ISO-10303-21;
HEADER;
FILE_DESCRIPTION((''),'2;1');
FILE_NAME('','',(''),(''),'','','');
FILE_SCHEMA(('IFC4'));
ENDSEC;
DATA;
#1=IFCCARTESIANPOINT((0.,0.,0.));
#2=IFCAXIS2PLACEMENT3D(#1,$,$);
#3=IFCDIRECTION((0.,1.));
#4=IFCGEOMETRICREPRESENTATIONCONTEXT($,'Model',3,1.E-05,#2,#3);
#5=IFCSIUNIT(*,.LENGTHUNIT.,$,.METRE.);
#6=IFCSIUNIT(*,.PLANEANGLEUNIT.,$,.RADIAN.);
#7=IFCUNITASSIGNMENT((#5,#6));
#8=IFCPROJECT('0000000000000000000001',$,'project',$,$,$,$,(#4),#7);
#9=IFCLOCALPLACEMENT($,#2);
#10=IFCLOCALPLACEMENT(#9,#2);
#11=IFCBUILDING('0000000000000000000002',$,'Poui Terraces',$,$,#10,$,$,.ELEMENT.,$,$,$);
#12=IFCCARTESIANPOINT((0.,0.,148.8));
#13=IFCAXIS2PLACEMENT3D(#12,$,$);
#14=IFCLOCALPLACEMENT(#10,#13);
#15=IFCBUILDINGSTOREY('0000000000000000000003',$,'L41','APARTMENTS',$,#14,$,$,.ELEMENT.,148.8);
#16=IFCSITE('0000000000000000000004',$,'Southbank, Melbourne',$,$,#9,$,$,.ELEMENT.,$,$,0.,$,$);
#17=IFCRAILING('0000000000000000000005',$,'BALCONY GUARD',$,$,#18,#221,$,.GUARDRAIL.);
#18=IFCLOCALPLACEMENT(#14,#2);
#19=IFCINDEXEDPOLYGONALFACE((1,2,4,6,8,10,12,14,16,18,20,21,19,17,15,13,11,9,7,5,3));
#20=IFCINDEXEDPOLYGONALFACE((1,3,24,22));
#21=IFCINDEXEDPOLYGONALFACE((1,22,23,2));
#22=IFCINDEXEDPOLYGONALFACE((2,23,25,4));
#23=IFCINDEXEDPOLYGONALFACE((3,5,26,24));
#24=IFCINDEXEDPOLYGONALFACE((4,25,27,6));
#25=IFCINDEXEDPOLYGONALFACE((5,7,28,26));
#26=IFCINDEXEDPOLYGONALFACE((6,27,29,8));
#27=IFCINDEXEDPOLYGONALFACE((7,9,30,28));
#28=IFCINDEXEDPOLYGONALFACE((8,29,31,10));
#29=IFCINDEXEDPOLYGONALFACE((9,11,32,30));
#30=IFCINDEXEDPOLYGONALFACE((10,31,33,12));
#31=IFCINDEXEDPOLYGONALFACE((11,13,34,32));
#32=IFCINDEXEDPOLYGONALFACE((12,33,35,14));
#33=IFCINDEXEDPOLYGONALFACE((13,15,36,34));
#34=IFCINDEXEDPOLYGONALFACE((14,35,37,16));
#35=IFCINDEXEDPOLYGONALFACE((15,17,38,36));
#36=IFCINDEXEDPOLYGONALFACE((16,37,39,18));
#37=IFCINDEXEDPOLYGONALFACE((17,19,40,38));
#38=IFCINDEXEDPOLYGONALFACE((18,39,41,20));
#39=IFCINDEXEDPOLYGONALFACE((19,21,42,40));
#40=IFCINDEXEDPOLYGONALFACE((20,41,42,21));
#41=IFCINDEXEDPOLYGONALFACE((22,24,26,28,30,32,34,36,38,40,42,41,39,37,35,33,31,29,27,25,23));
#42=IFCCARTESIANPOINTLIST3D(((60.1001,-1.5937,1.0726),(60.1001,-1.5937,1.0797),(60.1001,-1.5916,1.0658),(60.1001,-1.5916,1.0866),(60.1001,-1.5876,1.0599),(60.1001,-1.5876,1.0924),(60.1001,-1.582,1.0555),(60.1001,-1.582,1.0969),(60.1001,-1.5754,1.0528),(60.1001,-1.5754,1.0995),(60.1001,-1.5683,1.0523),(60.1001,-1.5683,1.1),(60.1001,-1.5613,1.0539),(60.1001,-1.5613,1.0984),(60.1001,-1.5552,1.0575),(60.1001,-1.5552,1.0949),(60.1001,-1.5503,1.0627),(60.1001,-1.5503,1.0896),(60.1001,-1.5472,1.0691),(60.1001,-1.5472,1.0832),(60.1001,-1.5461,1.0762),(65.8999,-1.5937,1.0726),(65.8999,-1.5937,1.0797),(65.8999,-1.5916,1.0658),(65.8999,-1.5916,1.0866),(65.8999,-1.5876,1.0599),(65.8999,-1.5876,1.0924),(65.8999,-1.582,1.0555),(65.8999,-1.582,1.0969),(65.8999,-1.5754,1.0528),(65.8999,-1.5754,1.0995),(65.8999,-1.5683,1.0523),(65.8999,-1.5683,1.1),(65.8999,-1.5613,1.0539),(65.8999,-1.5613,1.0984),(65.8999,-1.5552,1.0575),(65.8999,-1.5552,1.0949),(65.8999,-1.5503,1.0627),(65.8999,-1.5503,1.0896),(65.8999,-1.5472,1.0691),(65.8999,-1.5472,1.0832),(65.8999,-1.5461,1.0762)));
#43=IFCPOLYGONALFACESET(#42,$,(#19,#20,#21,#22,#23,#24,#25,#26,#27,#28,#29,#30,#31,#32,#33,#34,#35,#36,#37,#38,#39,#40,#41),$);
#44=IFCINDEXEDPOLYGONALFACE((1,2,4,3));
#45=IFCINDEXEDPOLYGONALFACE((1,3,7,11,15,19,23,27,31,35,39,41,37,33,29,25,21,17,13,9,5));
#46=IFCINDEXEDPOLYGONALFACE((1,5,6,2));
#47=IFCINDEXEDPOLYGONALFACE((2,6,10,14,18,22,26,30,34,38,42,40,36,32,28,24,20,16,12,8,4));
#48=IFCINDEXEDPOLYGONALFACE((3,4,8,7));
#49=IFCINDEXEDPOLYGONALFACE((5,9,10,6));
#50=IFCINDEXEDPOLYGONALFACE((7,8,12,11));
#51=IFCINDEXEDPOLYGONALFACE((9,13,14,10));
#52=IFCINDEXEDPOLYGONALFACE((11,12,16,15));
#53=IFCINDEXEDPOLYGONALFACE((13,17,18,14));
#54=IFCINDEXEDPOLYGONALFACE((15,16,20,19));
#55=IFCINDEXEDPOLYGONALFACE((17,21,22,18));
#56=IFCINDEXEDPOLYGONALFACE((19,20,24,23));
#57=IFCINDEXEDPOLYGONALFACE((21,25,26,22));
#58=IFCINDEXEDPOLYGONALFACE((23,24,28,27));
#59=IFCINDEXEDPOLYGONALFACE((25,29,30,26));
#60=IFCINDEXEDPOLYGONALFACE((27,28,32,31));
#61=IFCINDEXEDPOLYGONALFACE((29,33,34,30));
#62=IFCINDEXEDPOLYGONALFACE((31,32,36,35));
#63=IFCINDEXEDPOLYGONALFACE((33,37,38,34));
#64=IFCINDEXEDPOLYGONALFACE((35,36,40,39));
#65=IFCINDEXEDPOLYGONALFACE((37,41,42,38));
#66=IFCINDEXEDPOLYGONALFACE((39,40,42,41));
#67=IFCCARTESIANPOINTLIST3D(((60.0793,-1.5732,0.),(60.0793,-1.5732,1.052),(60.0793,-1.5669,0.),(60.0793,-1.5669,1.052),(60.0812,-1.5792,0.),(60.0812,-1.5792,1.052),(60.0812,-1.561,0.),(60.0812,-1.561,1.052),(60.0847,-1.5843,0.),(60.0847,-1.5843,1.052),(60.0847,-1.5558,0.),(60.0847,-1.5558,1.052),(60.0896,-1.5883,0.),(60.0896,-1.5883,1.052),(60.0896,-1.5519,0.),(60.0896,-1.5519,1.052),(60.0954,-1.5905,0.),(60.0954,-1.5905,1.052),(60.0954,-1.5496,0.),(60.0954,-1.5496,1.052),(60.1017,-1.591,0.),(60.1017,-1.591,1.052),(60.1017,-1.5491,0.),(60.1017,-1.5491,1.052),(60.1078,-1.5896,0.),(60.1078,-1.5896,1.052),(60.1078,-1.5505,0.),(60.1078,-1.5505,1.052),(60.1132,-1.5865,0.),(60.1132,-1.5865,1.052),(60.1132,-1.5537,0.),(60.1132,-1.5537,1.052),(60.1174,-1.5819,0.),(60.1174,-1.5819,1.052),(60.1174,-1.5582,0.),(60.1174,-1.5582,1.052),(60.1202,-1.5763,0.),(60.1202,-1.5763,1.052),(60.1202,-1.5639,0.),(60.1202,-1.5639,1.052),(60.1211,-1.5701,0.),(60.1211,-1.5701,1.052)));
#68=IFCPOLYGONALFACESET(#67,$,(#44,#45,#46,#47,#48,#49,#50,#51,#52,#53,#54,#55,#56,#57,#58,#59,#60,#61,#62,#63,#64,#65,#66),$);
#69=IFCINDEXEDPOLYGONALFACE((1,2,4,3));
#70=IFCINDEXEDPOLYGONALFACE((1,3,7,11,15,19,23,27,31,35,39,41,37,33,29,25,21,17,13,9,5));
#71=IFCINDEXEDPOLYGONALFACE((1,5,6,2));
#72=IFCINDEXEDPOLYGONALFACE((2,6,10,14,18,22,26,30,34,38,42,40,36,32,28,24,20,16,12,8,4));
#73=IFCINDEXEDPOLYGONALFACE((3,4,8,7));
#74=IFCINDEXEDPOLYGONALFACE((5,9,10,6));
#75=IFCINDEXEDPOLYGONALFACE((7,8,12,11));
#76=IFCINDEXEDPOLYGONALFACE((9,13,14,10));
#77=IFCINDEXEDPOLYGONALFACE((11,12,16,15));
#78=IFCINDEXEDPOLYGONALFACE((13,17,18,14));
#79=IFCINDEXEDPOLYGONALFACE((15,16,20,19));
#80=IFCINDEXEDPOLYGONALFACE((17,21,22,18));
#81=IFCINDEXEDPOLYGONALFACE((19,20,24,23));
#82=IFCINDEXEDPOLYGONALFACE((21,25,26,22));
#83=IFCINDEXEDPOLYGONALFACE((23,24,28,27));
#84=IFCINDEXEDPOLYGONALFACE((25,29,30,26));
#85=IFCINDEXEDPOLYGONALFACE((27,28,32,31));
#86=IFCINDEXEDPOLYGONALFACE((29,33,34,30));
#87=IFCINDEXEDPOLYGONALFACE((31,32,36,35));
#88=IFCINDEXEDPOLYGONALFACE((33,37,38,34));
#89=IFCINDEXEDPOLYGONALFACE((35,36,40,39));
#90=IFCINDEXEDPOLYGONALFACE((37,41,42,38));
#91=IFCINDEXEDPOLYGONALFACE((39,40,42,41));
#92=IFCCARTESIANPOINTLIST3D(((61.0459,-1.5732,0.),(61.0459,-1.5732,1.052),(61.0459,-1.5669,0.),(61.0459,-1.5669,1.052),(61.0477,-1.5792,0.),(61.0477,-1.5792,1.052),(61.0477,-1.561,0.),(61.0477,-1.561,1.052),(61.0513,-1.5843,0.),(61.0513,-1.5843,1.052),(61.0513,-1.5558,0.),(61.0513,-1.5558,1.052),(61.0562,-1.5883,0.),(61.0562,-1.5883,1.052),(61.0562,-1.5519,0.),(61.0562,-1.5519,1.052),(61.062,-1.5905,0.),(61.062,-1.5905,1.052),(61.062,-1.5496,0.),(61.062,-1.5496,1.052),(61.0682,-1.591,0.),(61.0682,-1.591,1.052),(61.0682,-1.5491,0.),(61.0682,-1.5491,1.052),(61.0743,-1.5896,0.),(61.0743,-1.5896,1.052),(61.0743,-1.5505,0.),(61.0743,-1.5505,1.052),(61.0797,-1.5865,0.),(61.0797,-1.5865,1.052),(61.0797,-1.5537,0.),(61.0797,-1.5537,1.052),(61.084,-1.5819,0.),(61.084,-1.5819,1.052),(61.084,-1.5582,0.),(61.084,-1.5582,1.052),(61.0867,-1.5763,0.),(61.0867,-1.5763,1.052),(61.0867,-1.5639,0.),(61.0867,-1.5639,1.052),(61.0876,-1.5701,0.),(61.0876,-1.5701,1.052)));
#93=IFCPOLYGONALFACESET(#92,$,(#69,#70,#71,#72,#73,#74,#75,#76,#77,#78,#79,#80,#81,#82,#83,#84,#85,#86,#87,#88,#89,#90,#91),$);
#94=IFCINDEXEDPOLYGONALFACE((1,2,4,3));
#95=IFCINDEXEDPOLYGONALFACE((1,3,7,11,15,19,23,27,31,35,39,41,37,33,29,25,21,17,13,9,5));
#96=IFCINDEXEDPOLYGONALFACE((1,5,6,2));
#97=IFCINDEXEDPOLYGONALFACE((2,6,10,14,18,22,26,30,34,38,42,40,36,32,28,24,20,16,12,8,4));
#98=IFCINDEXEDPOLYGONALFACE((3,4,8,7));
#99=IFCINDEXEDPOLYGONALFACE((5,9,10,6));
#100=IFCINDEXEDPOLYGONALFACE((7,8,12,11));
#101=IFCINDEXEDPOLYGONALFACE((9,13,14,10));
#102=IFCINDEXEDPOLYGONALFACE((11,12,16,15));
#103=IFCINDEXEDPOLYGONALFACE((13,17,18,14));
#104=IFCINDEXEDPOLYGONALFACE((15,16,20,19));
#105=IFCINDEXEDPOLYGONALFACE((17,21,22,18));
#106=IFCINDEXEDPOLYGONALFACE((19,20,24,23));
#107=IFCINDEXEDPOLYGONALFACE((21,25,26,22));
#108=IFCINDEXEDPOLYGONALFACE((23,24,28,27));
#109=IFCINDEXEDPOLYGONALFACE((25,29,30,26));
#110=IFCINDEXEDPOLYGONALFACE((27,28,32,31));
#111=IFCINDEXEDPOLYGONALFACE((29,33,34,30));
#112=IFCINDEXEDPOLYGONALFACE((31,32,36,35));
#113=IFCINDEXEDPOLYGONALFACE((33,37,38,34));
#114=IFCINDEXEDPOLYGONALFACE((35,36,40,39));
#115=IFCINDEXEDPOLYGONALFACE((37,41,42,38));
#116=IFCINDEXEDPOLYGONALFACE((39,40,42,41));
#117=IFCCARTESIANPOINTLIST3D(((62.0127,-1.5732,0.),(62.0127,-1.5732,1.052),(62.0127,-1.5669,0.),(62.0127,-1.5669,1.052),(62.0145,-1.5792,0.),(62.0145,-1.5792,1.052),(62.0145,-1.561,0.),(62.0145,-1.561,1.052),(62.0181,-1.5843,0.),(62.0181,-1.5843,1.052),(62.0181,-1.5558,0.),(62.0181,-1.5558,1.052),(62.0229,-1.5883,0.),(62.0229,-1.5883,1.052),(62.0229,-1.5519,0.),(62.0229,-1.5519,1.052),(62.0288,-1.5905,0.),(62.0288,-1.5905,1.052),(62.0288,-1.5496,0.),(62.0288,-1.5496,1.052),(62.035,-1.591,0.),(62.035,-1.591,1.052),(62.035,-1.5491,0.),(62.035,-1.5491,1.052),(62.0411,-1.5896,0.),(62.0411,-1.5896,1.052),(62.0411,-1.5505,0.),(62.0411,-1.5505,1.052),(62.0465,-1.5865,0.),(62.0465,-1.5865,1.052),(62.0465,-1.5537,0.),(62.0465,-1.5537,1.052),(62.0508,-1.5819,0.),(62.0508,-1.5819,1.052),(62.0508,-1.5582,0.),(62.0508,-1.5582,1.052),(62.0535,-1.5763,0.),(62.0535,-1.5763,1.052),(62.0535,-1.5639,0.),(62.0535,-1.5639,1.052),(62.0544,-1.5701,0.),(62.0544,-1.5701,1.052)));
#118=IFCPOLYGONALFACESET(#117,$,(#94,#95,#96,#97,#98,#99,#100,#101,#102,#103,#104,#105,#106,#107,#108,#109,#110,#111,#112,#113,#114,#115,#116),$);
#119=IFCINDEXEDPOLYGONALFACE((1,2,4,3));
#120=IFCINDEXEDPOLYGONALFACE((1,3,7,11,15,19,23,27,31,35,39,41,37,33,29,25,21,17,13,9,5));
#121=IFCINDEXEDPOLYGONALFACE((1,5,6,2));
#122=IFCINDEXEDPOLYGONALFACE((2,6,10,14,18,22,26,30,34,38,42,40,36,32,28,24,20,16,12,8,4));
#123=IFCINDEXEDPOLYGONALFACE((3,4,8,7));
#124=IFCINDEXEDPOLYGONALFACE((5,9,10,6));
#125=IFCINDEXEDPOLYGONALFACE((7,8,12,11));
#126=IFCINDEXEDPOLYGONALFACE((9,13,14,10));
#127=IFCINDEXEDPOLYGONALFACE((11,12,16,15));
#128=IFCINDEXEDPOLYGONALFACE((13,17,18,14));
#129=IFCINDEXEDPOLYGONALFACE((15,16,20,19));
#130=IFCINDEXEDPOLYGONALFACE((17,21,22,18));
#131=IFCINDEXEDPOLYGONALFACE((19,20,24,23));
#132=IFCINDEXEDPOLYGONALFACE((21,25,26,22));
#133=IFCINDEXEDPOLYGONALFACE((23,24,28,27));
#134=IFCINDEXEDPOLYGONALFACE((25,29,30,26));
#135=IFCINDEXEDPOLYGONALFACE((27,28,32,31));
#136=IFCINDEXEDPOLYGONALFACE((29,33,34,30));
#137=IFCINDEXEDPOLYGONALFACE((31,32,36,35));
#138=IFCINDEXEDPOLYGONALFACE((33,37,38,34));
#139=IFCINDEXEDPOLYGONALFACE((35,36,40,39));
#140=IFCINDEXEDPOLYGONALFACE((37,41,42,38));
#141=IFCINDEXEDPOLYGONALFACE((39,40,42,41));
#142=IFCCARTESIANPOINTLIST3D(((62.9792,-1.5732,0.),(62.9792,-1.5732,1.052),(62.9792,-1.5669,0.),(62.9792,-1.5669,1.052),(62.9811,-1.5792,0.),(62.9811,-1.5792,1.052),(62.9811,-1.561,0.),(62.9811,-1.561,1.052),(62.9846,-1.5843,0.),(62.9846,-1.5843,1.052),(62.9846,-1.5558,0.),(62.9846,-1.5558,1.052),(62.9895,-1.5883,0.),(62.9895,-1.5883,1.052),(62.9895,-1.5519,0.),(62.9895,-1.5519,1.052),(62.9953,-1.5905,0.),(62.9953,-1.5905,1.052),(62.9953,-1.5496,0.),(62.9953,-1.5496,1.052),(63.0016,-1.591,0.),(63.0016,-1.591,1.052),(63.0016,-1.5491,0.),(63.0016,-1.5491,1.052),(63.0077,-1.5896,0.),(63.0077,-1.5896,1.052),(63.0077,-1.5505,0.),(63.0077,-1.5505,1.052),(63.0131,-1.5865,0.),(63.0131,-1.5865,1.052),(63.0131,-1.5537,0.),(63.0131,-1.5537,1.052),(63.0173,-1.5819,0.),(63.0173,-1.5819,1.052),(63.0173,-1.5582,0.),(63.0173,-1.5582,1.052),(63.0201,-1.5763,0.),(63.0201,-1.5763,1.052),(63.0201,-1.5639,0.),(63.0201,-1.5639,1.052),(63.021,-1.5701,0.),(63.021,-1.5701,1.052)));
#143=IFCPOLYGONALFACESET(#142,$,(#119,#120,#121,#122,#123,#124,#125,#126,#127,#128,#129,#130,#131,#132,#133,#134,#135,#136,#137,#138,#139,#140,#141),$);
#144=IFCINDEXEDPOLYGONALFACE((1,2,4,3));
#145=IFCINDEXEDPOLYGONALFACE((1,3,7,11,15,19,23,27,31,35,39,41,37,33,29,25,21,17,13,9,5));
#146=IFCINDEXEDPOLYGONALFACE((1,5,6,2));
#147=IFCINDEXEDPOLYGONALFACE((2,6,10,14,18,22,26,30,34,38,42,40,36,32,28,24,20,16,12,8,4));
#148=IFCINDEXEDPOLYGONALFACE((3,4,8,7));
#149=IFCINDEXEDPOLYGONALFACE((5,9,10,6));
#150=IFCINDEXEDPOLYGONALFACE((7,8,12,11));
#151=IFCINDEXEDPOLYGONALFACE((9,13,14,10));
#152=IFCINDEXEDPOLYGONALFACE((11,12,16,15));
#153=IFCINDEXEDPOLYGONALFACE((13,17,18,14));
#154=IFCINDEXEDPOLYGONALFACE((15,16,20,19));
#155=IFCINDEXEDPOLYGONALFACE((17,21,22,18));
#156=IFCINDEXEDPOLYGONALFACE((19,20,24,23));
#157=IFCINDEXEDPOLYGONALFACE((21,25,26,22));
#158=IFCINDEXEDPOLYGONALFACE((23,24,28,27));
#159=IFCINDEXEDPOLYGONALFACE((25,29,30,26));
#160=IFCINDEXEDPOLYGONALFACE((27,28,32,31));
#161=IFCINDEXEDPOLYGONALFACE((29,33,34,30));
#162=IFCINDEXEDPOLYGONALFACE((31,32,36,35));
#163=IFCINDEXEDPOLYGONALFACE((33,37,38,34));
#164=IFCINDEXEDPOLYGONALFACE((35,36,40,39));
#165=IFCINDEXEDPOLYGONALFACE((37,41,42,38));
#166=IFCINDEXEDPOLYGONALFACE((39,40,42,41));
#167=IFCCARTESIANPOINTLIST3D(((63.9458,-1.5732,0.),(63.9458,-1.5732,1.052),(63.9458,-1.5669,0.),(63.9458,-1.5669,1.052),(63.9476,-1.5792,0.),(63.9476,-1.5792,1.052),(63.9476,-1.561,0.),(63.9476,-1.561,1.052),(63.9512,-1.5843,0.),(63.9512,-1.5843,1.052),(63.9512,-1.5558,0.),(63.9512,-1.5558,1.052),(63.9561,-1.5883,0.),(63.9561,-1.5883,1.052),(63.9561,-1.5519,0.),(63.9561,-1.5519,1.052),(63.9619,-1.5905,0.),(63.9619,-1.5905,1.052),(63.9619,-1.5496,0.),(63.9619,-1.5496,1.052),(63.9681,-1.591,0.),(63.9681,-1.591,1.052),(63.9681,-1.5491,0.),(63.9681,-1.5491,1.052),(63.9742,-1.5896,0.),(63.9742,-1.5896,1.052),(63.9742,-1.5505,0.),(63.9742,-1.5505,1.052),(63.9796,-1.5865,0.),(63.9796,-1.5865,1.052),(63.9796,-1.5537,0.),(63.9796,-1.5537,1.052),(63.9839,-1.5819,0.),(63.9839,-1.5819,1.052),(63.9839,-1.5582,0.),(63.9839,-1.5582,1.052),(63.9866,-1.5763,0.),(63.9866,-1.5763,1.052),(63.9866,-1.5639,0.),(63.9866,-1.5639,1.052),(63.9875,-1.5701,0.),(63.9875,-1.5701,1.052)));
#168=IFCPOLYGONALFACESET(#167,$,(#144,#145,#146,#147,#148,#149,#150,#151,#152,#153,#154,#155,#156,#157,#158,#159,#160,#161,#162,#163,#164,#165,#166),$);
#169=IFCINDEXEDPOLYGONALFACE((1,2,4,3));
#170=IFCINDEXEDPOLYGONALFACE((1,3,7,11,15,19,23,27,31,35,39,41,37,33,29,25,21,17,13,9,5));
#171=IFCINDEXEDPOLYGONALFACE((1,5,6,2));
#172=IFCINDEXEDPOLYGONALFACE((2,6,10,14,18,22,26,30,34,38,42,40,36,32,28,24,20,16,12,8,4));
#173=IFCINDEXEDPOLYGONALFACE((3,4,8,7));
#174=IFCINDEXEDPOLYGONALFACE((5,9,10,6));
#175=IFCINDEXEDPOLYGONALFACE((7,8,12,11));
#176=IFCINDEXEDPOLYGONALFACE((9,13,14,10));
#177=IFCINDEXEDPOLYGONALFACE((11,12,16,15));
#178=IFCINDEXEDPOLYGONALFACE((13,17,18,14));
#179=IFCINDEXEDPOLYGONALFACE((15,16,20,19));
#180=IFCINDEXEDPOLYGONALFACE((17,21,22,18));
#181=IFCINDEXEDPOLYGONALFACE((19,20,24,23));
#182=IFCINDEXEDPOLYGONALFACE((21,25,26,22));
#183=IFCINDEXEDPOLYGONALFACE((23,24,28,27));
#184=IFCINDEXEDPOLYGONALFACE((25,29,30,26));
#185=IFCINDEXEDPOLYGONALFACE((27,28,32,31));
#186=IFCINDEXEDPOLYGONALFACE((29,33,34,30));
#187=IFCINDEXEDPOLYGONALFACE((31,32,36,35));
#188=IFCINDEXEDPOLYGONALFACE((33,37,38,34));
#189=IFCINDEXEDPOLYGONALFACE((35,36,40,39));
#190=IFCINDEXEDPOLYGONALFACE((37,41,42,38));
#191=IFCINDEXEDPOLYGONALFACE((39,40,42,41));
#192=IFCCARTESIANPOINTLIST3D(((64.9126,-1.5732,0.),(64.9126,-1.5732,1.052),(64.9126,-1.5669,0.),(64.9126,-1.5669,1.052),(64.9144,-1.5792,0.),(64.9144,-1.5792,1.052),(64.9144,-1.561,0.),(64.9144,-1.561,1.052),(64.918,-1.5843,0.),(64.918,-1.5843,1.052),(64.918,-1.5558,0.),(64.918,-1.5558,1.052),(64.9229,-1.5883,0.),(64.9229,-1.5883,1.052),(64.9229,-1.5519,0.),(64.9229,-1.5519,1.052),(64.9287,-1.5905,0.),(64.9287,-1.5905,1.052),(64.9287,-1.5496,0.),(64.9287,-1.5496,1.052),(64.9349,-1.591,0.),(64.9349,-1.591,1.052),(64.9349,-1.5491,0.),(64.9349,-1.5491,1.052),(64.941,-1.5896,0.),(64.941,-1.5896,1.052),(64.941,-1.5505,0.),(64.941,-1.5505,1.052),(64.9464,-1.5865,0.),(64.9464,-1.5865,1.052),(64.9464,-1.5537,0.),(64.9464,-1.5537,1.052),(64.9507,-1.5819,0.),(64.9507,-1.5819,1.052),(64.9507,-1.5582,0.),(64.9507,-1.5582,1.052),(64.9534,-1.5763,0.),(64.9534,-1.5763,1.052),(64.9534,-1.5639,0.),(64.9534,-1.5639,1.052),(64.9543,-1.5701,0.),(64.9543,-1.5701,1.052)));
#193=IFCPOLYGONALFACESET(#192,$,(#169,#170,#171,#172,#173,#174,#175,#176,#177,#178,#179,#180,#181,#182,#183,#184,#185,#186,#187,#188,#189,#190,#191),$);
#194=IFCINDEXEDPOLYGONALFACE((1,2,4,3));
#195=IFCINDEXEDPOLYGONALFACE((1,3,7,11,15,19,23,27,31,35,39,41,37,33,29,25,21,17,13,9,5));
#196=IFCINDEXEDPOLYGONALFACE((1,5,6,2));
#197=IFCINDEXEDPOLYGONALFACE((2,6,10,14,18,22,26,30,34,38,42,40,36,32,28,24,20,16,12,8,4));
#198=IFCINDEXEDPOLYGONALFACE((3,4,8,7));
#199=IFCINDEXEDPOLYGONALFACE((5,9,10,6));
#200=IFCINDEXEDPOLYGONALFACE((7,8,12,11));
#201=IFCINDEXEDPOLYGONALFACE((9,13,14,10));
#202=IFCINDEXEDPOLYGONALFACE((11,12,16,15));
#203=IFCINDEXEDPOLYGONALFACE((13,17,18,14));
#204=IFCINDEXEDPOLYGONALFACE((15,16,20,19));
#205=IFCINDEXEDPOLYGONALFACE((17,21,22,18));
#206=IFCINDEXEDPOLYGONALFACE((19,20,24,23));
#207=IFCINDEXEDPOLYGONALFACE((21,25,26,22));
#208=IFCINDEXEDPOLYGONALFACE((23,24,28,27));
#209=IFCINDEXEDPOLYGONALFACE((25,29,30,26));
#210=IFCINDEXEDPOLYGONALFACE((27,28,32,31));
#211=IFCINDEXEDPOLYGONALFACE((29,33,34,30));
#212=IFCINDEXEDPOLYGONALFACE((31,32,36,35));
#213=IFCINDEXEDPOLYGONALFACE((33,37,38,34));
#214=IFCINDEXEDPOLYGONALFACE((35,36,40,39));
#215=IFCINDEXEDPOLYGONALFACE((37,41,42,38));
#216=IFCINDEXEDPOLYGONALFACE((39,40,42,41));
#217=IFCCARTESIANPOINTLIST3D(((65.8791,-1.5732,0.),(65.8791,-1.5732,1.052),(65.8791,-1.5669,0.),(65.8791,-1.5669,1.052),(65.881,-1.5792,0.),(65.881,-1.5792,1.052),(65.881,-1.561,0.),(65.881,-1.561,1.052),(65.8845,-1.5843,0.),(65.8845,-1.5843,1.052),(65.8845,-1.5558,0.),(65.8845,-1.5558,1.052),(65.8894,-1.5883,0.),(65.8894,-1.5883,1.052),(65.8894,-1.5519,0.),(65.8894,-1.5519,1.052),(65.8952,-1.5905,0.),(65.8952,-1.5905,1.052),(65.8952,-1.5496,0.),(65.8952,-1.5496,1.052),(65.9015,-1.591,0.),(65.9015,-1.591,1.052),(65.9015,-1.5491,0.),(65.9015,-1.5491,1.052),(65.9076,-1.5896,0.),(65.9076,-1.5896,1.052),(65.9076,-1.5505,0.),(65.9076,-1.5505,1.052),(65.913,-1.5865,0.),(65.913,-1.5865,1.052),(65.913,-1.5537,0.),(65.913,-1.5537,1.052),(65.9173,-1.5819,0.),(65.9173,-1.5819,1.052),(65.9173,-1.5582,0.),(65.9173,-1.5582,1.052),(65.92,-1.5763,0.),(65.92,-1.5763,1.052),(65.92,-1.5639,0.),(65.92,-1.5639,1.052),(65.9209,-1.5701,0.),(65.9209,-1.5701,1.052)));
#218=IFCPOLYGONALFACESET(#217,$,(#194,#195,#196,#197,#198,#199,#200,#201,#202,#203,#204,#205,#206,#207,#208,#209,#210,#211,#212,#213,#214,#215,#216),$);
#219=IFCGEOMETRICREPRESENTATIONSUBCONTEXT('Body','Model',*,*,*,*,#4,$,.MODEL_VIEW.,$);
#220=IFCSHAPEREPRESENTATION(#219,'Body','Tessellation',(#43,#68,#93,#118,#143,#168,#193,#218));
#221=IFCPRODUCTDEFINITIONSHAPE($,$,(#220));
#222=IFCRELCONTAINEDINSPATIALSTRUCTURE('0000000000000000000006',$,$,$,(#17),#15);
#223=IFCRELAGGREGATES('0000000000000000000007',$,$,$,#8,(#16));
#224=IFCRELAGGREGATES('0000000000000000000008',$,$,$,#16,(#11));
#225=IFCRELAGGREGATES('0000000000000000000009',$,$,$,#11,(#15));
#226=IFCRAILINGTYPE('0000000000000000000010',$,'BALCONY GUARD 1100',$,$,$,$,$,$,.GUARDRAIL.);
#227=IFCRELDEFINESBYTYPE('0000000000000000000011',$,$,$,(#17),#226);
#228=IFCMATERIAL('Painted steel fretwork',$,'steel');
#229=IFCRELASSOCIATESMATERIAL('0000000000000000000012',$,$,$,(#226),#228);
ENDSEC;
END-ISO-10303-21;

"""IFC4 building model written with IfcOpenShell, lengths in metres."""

from ifc_helpers import new_model, si_unit, direction, frame, origin, origin_2d, place, context, subcontext, project, spatial, circle, extrude, material, type_object, element, save


model = new_model("IFC4")

# Units and contexts
model_context = context("Model", 3, precision=1e-05, world=origin(), true_north=direction((0.0, 1.0)))
body_context = subcontext(model_context, "Body", "Model", "MODEL_VIEW")
ifc_project = project(units=[si_unit("LENGTHUNIT", "METRE"), si_unit("PLANEANGLEUNIT", "RADIAN")], contexts=[model_context])

# Site, building, storey
site_placement = place(None, origin())
site = spatial("IfcSite", under=ifc_project, at=site_placement, Name="Southbank, Melbourne", CompositionType="ELEMENT", RefElevation=0.0)
building_placement = place(site_placement, origin())
building = spatial("IfcBuilding", under=site, at=building_placement, Name="Poui Terraces", CompositionType="ELEMENT")
storey_placement = place(building_placement, frame((0.0, 0.0, 148.8)))
storey = spatial("IfcBuildingStorey", under=building, at=storey_placement, Name="L41", Description="APARTMENTS", CompositionType="ELEMENT", Elevation=148.8)

# Railing
ifc_material_1 = material(Name="Painted steel fretwork", Category="steel")
railing_type = type_object("IfcRailingType", Name="BALCONY GUARD 1100", PredefinedType="GUARDRAIL", material=ifc_material_1)
railing_placement = place(storey_placement, frame((60.1001, -1.5701, 0.0)))
element("IfcRailing", 1, at=railing_placement, inside=storey, type_object=railing_type, Name="BALCONY GUARD", PredefinedType="GUARDRAIL", context=body_context, shape_type="SweptSolid", body=[
    extrude(circle(Radius=0.0239, at=origin_2d()), frame((0.0, 0.0, 1.0762), z_axis=(1.0, 0.0, 0.0), x_axis=(0.0, 1.0, 0.0)), (0.0, 0.0, 1.0), 5.7998),
    extrude(circle(Radius=0.021, at=origin_2d()), origin(), (0.0, 0.0, 1.0), 1.052),
    extrude(circle(Radius=0.021, at=origin_2d()), frame((0.9666, 0.0, 0.0)), (0.0, 0.0, 1.0), 1.052),
    extrude(circle(Radius=0.021, at=origin_2d()), frame((1.9333, 0.0, 0.0)), (0.0, 0.0, 1.0), 1.052),
    extrude(circle(Radius=0.021, at=origin_2d()), frame((2.8999, 0.0, 0.0)), (0.0, 0.0, 1.0), 1.052),
    extrude(circle(Radius=0.021, at=origin_2d()), frame((3.8665, 0.0, 0.0)), (0.0, 0.0, 1.0), 1.052),
    extrude(circle(Radius=0.021, at=origin_2d()), frame((4.8333, 0.0, 0.0)), (0.0, 0.0, 1.0), 1.052),
    extrude(circle(Radius=0.021, at=origin_2d()), frame((5.7998, 0.0, 0.0)), (0.0, 0.0, 1.0), 1.052),
])

save(model, "model.ifc")
